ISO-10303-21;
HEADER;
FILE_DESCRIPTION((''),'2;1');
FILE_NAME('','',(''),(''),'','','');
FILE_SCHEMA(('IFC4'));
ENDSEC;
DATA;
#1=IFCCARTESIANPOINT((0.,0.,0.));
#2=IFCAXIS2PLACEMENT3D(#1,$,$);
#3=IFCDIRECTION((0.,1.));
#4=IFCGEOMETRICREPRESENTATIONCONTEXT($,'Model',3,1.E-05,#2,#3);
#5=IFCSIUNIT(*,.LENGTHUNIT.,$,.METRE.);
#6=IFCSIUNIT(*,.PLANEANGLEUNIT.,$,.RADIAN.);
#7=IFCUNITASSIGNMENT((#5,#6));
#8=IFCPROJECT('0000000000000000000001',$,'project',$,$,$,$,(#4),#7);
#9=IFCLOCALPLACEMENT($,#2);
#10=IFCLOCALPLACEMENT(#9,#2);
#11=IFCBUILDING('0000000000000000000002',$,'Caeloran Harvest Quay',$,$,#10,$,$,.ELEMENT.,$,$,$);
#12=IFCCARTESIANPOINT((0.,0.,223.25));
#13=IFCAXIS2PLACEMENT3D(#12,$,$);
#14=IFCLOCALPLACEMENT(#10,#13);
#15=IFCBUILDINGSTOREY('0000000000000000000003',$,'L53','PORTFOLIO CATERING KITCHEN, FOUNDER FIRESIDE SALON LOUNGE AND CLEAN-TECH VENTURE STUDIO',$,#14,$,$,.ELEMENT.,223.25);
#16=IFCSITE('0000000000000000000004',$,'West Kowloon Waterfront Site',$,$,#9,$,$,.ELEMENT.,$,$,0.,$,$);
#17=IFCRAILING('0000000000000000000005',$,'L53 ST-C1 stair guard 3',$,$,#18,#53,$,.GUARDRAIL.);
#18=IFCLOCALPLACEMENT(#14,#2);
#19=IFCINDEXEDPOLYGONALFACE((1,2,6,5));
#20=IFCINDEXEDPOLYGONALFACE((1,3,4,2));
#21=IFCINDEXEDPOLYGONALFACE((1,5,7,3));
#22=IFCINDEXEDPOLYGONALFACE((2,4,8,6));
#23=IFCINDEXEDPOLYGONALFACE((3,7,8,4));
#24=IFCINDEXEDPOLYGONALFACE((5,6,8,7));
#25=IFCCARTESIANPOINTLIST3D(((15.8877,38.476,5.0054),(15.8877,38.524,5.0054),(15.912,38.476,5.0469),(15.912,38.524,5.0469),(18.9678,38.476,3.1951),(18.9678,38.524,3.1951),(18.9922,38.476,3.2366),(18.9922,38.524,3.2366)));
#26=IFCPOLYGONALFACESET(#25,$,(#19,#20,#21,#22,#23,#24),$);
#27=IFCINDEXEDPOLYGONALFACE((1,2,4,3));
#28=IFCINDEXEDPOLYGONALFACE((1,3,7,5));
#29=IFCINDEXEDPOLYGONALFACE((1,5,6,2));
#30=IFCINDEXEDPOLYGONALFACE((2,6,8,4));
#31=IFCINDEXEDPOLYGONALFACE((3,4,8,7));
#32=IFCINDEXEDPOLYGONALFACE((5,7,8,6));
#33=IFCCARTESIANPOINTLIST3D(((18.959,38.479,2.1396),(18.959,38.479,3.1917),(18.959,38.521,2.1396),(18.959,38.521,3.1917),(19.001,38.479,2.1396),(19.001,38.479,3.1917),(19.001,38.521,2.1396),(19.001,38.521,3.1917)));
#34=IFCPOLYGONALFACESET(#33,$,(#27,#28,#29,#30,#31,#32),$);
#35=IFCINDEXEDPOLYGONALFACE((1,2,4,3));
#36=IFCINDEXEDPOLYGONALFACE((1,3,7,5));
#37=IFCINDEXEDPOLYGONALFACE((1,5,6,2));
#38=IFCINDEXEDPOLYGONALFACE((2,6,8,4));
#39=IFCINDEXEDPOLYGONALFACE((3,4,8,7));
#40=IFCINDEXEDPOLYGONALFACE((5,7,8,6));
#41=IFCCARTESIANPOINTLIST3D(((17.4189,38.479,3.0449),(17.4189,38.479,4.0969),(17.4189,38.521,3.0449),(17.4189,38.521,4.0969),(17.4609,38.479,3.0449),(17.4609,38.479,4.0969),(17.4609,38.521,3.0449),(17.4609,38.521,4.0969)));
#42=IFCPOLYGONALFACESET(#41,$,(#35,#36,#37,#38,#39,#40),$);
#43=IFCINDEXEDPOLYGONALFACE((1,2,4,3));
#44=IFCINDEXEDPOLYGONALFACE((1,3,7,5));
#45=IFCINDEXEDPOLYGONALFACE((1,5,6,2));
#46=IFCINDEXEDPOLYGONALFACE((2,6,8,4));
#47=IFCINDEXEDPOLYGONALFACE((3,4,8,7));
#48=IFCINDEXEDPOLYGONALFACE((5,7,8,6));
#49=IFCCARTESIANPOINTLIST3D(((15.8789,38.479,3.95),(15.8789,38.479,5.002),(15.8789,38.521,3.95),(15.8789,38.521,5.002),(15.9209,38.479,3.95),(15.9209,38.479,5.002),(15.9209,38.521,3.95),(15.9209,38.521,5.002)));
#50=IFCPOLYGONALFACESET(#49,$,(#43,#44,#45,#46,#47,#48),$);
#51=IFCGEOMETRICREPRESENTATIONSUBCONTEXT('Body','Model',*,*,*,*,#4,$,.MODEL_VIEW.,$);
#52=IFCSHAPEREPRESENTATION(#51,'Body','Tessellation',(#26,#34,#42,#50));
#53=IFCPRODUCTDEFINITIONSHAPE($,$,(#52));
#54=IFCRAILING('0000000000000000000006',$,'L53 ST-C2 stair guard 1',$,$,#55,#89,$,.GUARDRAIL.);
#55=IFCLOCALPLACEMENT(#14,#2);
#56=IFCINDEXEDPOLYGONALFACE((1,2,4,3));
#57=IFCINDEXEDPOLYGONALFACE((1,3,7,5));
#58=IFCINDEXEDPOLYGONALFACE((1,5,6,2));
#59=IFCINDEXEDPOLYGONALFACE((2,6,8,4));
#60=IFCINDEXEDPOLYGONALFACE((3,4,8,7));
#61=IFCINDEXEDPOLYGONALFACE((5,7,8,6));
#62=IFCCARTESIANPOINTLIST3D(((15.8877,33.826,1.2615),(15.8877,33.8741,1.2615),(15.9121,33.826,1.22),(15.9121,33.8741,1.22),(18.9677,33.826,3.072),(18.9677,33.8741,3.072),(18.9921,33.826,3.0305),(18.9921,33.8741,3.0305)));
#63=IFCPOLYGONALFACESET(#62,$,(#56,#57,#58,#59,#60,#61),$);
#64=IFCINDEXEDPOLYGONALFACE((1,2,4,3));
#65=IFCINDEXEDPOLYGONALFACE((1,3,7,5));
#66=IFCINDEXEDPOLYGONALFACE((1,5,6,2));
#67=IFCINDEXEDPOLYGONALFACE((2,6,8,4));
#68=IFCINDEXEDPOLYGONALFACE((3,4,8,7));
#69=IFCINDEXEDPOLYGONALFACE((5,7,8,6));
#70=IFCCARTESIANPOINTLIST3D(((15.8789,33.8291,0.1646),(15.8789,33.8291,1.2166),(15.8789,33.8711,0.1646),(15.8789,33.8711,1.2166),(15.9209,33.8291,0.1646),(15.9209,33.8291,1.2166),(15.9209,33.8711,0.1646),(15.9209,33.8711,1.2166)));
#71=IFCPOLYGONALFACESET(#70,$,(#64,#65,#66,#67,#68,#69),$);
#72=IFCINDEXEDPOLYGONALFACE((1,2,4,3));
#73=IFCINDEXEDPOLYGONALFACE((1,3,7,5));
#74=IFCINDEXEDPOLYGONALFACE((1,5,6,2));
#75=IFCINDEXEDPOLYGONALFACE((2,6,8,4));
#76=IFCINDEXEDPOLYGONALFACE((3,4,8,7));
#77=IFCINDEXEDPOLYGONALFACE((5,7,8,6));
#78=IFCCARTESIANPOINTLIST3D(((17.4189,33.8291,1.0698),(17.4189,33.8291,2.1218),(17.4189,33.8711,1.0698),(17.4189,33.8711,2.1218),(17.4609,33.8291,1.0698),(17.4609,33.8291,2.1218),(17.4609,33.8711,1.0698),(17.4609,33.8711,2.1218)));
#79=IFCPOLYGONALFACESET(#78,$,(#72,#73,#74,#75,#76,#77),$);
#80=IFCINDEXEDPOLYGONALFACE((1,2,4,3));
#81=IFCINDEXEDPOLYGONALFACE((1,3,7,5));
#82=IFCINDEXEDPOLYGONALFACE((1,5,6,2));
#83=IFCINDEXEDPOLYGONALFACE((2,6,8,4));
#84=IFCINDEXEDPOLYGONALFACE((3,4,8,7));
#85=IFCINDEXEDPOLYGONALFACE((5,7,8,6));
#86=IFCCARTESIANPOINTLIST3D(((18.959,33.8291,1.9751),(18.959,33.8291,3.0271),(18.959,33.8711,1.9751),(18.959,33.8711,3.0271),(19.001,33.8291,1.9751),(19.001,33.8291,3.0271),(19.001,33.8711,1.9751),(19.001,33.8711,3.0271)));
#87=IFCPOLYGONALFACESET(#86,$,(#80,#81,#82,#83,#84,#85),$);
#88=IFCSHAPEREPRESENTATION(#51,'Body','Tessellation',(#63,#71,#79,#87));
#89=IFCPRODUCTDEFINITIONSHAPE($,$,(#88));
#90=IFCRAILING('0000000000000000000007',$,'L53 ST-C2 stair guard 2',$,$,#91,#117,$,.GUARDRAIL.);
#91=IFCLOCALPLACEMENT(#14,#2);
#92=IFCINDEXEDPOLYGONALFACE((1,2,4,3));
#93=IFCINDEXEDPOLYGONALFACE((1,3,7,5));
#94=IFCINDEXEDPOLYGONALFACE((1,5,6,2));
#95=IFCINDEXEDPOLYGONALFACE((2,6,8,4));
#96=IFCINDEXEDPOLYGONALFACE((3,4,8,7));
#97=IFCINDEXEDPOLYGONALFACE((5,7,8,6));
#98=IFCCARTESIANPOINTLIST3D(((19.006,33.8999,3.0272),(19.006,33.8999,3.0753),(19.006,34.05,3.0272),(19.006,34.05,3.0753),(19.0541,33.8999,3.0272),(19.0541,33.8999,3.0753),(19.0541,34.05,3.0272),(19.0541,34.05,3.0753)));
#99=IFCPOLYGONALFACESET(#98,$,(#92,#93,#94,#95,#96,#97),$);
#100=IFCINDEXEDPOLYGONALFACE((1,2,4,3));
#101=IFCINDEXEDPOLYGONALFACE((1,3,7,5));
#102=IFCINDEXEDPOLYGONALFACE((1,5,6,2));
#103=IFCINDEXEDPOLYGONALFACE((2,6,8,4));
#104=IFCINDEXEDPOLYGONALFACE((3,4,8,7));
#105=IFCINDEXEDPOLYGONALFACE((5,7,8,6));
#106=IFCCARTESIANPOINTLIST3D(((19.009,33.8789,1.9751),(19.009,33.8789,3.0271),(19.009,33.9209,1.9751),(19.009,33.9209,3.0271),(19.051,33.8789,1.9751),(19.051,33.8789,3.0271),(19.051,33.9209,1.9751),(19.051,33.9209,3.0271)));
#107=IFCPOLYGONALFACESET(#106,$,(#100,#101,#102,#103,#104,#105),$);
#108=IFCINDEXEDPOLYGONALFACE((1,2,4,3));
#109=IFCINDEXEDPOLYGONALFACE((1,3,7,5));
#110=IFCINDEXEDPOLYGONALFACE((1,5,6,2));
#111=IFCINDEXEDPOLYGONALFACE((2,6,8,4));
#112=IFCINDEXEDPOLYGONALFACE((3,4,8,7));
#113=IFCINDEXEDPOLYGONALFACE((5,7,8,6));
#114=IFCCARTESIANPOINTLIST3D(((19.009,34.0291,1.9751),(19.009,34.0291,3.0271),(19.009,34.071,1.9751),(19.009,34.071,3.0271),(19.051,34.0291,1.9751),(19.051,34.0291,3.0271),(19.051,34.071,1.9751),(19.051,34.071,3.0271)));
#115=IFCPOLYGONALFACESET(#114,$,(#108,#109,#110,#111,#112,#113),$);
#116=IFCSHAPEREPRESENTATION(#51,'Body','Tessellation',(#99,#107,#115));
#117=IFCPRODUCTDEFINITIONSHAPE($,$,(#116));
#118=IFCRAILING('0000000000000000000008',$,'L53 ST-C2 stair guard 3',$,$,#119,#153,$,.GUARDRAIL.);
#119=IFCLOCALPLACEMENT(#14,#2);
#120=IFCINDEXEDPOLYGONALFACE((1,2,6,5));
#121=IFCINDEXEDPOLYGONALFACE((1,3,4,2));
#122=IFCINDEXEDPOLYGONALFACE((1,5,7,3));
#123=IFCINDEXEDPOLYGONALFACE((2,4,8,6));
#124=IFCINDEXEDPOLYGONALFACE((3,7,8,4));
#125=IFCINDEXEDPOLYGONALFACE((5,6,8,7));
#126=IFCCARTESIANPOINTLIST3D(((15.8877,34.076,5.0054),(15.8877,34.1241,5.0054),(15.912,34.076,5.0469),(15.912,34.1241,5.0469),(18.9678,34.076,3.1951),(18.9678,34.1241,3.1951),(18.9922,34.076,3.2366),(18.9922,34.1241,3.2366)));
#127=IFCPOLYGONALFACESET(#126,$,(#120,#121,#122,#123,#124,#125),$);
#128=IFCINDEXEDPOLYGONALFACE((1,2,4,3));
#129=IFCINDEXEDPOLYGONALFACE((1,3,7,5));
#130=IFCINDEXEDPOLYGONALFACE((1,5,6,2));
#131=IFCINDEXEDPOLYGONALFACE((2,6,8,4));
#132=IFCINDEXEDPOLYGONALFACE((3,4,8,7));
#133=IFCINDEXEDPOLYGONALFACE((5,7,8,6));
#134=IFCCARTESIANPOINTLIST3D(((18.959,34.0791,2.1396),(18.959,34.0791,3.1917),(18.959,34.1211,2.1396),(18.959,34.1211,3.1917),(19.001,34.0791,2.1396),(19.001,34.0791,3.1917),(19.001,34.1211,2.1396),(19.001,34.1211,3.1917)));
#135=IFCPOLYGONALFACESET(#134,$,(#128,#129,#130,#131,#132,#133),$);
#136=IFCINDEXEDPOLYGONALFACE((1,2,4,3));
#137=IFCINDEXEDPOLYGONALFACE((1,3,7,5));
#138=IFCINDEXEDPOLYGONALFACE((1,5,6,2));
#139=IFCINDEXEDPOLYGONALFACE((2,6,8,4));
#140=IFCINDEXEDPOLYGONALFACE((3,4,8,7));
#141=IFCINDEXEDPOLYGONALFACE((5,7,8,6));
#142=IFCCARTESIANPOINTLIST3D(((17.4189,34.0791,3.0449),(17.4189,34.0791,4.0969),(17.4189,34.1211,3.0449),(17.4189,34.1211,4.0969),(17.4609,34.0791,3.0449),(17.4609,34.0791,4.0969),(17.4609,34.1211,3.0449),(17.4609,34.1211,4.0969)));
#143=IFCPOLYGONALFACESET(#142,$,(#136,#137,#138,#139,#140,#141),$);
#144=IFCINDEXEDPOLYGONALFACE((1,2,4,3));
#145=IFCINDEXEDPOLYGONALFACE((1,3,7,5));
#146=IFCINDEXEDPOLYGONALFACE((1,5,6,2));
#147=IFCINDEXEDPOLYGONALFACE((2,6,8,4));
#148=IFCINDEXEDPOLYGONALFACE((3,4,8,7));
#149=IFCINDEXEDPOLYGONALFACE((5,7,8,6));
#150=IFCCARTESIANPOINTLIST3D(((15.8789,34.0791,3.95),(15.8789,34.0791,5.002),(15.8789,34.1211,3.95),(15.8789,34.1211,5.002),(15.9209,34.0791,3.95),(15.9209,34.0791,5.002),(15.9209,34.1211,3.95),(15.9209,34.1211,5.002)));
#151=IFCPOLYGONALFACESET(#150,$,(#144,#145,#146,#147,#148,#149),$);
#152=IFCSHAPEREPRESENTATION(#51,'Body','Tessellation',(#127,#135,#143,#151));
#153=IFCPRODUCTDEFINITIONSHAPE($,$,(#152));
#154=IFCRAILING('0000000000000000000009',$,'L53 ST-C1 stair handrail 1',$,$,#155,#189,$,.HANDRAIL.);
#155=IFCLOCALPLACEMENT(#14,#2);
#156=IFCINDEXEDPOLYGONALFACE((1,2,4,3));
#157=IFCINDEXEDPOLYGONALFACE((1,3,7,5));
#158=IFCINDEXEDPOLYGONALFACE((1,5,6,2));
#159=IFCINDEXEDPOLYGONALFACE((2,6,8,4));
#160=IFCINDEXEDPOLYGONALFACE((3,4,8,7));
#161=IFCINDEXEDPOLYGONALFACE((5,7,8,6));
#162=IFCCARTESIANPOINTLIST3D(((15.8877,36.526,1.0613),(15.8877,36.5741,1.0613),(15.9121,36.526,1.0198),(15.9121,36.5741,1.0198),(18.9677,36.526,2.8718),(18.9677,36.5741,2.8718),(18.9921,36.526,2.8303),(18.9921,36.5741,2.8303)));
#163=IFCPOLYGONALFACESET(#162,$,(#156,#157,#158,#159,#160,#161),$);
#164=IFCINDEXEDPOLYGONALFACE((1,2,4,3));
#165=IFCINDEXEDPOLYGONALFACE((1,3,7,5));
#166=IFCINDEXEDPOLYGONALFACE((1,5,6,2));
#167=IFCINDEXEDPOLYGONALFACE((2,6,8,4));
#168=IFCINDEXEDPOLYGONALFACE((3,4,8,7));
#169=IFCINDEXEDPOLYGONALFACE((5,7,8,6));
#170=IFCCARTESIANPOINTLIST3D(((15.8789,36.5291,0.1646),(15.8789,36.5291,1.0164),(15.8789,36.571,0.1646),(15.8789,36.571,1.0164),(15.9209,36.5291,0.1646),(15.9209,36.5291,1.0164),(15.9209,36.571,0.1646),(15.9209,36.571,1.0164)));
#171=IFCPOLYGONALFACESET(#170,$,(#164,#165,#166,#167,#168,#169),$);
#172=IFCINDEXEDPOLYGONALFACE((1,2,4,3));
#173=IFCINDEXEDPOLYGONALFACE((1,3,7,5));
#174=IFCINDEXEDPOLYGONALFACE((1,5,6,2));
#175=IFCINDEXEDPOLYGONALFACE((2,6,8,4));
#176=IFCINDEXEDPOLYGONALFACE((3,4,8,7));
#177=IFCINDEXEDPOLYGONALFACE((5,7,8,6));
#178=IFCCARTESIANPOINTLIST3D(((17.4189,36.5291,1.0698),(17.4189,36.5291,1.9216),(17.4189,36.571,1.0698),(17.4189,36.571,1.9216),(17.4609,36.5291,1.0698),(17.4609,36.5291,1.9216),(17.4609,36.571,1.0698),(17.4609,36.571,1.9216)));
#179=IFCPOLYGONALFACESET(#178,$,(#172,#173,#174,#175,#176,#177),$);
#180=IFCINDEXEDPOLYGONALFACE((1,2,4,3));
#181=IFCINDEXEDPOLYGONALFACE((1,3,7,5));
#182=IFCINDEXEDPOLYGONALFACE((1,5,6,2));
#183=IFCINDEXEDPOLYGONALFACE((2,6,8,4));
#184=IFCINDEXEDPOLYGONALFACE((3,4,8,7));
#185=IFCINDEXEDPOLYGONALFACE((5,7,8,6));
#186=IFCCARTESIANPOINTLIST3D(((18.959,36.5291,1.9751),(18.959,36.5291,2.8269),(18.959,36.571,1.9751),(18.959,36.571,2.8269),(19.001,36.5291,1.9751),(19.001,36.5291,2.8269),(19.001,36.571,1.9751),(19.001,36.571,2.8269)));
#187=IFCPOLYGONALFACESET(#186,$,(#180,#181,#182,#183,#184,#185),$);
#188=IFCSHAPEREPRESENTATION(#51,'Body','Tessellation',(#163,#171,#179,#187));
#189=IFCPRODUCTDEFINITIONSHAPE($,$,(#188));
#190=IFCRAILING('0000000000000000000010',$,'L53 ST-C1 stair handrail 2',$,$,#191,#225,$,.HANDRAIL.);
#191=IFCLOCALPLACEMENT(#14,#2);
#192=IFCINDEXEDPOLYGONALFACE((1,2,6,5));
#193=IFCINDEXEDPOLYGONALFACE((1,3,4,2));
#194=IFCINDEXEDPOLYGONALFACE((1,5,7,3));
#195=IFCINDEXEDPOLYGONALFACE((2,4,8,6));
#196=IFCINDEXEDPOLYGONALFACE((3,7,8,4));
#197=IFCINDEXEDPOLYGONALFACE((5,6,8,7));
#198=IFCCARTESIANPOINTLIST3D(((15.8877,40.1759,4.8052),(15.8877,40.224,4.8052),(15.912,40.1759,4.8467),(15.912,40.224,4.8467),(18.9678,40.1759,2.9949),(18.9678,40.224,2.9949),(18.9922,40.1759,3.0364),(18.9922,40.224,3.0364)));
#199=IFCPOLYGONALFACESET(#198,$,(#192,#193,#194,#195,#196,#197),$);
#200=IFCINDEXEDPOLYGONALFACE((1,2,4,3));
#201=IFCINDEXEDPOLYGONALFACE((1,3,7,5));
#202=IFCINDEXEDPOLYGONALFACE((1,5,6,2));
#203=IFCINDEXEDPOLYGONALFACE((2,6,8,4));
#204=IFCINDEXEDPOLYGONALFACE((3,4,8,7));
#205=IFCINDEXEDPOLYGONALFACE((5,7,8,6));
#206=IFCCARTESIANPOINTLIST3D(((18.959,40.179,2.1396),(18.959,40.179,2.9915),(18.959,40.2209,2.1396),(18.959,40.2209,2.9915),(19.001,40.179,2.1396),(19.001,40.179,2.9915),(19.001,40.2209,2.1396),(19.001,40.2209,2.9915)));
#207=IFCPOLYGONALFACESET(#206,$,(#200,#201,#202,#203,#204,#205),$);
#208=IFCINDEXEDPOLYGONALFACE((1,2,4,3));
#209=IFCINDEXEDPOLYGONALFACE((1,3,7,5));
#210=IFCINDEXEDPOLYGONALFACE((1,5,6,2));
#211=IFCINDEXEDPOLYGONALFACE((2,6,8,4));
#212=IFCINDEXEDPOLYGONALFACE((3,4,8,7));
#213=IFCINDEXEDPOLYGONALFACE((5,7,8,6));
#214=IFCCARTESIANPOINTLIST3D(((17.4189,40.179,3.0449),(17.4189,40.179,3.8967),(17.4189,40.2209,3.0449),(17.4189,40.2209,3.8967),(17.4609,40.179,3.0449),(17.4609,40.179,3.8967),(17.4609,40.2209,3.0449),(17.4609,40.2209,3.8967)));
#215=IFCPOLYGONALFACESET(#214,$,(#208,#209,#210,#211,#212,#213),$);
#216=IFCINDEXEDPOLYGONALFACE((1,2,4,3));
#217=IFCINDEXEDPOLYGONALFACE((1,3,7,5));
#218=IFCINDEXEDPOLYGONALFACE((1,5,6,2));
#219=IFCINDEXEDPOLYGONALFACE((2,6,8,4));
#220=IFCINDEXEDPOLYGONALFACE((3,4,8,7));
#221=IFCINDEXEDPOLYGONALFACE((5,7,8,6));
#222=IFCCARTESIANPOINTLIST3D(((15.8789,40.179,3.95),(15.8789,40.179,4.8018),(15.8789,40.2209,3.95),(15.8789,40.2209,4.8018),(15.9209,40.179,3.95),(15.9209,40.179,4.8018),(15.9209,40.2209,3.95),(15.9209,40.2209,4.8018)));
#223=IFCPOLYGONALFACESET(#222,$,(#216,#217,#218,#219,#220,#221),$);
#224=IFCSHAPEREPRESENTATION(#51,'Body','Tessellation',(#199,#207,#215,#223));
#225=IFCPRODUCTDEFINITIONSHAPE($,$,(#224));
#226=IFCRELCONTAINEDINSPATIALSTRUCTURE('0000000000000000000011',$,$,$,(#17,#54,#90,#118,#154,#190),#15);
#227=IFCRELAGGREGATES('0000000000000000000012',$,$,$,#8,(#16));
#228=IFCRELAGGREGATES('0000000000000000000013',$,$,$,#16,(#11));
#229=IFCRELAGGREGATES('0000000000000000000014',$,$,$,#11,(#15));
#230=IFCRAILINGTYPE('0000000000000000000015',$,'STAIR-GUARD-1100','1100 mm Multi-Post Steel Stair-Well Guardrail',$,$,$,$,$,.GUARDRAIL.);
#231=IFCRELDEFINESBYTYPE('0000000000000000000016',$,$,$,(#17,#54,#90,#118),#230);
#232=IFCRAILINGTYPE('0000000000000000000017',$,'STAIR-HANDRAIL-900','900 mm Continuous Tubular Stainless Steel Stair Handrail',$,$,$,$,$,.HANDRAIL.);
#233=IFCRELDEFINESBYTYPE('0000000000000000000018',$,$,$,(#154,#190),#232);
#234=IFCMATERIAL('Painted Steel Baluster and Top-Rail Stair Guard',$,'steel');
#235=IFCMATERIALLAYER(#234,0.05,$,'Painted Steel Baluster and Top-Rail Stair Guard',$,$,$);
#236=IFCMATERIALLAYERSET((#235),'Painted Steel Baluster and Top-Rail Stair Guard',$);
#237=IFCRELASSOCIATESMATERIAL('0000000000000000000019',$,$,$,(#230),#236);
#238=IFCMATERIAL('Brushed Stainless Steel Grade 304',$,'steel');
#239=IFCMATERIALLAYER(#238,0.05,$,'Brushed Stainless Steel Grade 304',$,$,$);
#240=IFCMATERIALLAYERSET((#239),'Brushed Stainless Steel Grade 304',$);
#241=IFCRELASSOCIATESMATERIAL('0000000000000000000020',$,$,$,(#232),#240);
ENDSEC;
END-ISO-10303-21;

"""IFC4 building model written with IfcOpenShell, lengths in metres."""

from ifc_helpers import new_model, si_unit, direction, frame, origin, origin_2d, place, context, subcontext, project, spatial, rectangle, extrude, material, layer, layer_set, type_object, element, save


model = new_model("IFC4")

# Units and contexts
model_context = context("Model", 3, precision=1e-05, world=origin(), true_north=direction((0.0, 1.0)))
body_context = subcontext(model_context, "Body", "Model", "MODEL_VIEW")
ifc_project = project(units=[si_unit("LENGTHUNIT", "METRE"), si_unit("PLANEANGLEUNIT", "RADIAN")], contexts=[model_context])

# Site, building, storey
site_placement = place(None, origin())
site = spatial("IfcSite", under=ifc_project, at=site_placement, Name="West Kowloon Waterfront Site", CompositionType="ELEMENT", RefElevation=0.0)
building_placement = place(site_placement, origin())
building = spatial("IfcBuilding", under=site, at=building_placement, Name="Caeloran Harvest Quay", CompositionType="ELEMENT")
storey_placement = place(building_placement, frame((0.0, 0.0, 223.25)))
storey = spatial("IfcBuildingStorey", under=building, at=storey_placement, Name="L53", Description="PORTFOLIO CATERING KITCHEN, FOUNDER FIRESIDE SALON LOUNGE AND CLEAN-TECH VENTURE STUDIO", CompositionType="ELEMENT", Elevation=223.25)

# Railings
ifc_material_1 = material(Name="Painted Steel Baluster and Top-Rail Stair Guard", Category="steel")
ifc_layer_1 = layer(ifc_material_1, 0.05, Name="Painted Steel Baluster and Top-Rail Stair Guard")
ifc_layer_set_1 = layer_set([ifc_layer_1], Name="Painted Steel Baluster and Top-Rail Stair Guard")
railing_type_1 = type_object("IfcRailingType", Name="STAIR-GUARD-1100", Description="1100 mm Multi-Post Steel Stair-Well Guardrail", PredefinedType="GUARDRAIL", material=ifc_layer_set_1)
railing_1_placement = place(storey_placement, frame((18.98, 38.5, 2.1396)))
element("IfcRailing", 1, at=railing_1_placement, inside=storey, type_object=railing_type_1, Name="L53 ST-C1 stair guard 3", PredefinedType="GUARDRAIL", context=body_context, shape_type="SweptSolid", body=[
    extrude(rectangle(XDim=0.0481, YDim=0.0481, at=origin_2d()), frame((0.0, 0.0, 1.0762), z_axis=(-0.862119, 0.0, 0.506707), x_axis=(0.0, -1.0, 0.0)), (0.0, 0.0, 1.0), 3.5728),
    extrude(rectangle(XDim=0.042, YDim=0.042, at=origin_2d()), origin(), (0.0, 0.0, 1.0), 1.052),
    extrude(rectangle(XDim=0.042, YDim=0.042, at=origin_2d()), frame((-1.54, 0.0, 0.9053)), (0.0, 0.0, 1.0), 1.052),
    extrude(rectangle(XDim=0.042, YDim=0.042, at=origin_2d()), frame((-3.0801, 0.0, 1.8103)), (0.0, 0.0, 1.0), 1.052),
])
railing_2_placement = place(storey_placement, frame((15.8999, 33.8501, 0.1646)))
element("IfcRailing", 2, at=railing_2_placement, inside=storey, type_object=railing_type_1, Name="L53 ST-C2 stair guard 1", PredefinedType="GUARDRAIL", context=body_context, shape_type="SweptSolid", body=[
    extrude(rectangle(XDim=0.0481, YDim=0.0481, at=origin_2d()), frame((0.0, 0.0, 1.0762), z_axis=(0.862089, 0.0, 0.506757), x_axis=(0.0, 1.0, 0.0)), (0.0, 0.0, 1.0), 3.5728),
    extrude(rectangle(XDim=0.042, YDim=0.042, at=origin_2d()), origin(), (0.0, 0.0, 1.0), 1.052),
    extrude(rectangle(XDim=0.042, YDim=0.042, at=origin_2d()), frame((1.54, 0.0, 0.9053)), (0.0, 0.0, 1.0), 1.052),
    extrude(rectangle(XDim=0.042, YDim=0.042, at=origin_2d()), frame((3.0801, 0.0, 1.8105)), (0.0, 0.0, 1.0), 1.052),
])
railing_3_placement = place(storey_placement, frame((19.03, 33.8999, 1.9751)))
element("IfcRailing", 3, at=railing_3_placement, inside=storey, type_object=railing_type_1, Name="L53 ST-C2 stair guard 2", PredefinedType="GUARDRAIL", context=body_context, shape_type="SweptSolid", body=[
    extrude(rectangle(XDim=0.0481, YDim=0.0481, at=origin_2d()), frame((0.0, 0.0, 1.0762), z_axis=(0.0, 1.0, 0.0), x_axis=(-1.0, 0.0, 0.0)), (0.0, 0.0, 1.0), 0.1501),
    extrude(rectangle(XDim=0.042, YDim=0.042, at=origin_2d()), origin(), (0.0, 0.0, 1.0), 1.052),
    extrude(rectangle(XDim=0.042, YDim=0.042, at=origin_2d()), frame((0.0, 0.1501, 0.0)), (0.0, 0.0, 1.0), 1.052),
])
railing_4_placement = place(storey_placement, frame((18.98, 34.1001, 2.1396)))
element("IfcRailing", 4, at=railing_4_placement, inside=storey, type_object=railing_type_1, Name="L53 ST-C2 stair guard 3", PredefinedType="GUARDRAIL", context=body_context, shape_type="SweptSolid", body=[
    extrude(rectangle(XDim=0.0481, YDim=0.0481, at=origin_2d()), frame((0.0, 0.0, 1.0762), z_axis=(-0.862119, 0.0, 0.506707), x_axis=(0.0, -1.0, 0.0)), (0.0, 0.0, 1.0), 3.5728),
    extrude(rectangle(XDim=0.042, YDim=0.042, at=origin_2d()), origin(), (0.0, 0.0, 1.0), 1.052),
    extrude(rectangle(XDim=0.042, YDim=0.042, at=origin_2d()), frame((-1.54, 0.0, 0.9053)), (0.0, 0.0, 1.0), 1.052),
    extrude(rectangle(XDim=0.042, YDim=0.042, at=origin_2d()), frame((-3.0801, 0.0, 1.8103)), (0.0, 0.0, 1.0), 1.052),
])
ifc_material_2 = material(Name="Brushed Stainless Steel Grade 304", Category="steel")
ifc_layer_2 = layer(ifc_material_2, 0.05, Name="Brushed Stainless Steel Grade 304")
ifc_layer_set_2 = layer_set([ifc_layer_2], Name="Brushed Stainless Steel Grade 304")
railing_type_2 = type_object("IfcRailingType", Name="STAIR-HANDRAIL-900", Description="900 mm Continuous Tubular Stainless Steel Stair Handrail", PredefinedType="HANDRAIL", material=ifc_layer_set_2)
railing_5_placement = place(storey_placement, frame((15.8999, 36.55, 0.1646)))
element("IfcRailing", 5, at=railing_5_placement, inside=storey, type_object=railing_type_2, Name="L53 ST-C1 stair handrail 1", PredefinedType="HANDRAIL", context=body_context, shape_type="SweptSolid", body=[
    extrude(rectangle(XDim=0.0481, YDim=0.0481, at=origin_2d()), frame((0.0, 0.0, 0.876), z_axis=(0.862089, 0.0, 0.506757), x_axis=(0.0, 1.0, 0.0)), (0.0, 0.0, 1.0), 3.5728),
    extrude(rectangle(XDim=0.042, YDim=0.042, at=origin_2d()), origin(), (0.0, 0.0, 1.0), 0.8518),
    extrude(rectangle(XDim=0.042, YDim=0.042, at=origin_2d()), frame((1.54, 0.0, 0.9053)), (0.0, 0.0, 1.0), 0.8518),
    extrude(rectangle(XDim=0.042, YDim=0.042, at=origin_2d()), frame((3.0801, 0.0, 1.8105)), (0.0, 0.0, 1.0), 0.8518),
])
for number, where, name in (
    (6, (18.98, 40.2, 2.1396), "L53 ST-C1 stair handrail 2"),
):
    element("IfcRailing", number, at=place(storey_placement, frame(where)), inside=storey, type_object=railing_type_2, Name=name, PredefinedType="HANDRAIL", context=body_context, shape_type="SweptSolid", body=[
        extrude(rectangle(XDim=0.0481, YDim=0.0481, at=origin_2d()), frame((0.0, 0.0, 0.876), z_axis=(-0.862119, 0.0, 0.506707), x_axis=(0.0, -1.0, 0.0)), (0.0, 0.0, 1.0), 3.5728),
        extrude(rectangle(XDim=0.042, YDim=0.042, at=origin_2d()), origin(), (0.0, 0.0, 1.0), 0.8518),
        extrude(rectangle(XDim=0.042, YDim=0.042, at=origin_2d()), frame((-1.54, 0.0, 0.9053)), (0.0, 0.0, 1.0), 0.8518),
        extrude(rectangle(XDim=0.042, YDim=0.042, at=origin_2d()), frame((-3.0801, 0.0, 1.8103)), (0.0, 0.0, 1.0), 0.8518),
    ])

save(model, "model.ifc")
